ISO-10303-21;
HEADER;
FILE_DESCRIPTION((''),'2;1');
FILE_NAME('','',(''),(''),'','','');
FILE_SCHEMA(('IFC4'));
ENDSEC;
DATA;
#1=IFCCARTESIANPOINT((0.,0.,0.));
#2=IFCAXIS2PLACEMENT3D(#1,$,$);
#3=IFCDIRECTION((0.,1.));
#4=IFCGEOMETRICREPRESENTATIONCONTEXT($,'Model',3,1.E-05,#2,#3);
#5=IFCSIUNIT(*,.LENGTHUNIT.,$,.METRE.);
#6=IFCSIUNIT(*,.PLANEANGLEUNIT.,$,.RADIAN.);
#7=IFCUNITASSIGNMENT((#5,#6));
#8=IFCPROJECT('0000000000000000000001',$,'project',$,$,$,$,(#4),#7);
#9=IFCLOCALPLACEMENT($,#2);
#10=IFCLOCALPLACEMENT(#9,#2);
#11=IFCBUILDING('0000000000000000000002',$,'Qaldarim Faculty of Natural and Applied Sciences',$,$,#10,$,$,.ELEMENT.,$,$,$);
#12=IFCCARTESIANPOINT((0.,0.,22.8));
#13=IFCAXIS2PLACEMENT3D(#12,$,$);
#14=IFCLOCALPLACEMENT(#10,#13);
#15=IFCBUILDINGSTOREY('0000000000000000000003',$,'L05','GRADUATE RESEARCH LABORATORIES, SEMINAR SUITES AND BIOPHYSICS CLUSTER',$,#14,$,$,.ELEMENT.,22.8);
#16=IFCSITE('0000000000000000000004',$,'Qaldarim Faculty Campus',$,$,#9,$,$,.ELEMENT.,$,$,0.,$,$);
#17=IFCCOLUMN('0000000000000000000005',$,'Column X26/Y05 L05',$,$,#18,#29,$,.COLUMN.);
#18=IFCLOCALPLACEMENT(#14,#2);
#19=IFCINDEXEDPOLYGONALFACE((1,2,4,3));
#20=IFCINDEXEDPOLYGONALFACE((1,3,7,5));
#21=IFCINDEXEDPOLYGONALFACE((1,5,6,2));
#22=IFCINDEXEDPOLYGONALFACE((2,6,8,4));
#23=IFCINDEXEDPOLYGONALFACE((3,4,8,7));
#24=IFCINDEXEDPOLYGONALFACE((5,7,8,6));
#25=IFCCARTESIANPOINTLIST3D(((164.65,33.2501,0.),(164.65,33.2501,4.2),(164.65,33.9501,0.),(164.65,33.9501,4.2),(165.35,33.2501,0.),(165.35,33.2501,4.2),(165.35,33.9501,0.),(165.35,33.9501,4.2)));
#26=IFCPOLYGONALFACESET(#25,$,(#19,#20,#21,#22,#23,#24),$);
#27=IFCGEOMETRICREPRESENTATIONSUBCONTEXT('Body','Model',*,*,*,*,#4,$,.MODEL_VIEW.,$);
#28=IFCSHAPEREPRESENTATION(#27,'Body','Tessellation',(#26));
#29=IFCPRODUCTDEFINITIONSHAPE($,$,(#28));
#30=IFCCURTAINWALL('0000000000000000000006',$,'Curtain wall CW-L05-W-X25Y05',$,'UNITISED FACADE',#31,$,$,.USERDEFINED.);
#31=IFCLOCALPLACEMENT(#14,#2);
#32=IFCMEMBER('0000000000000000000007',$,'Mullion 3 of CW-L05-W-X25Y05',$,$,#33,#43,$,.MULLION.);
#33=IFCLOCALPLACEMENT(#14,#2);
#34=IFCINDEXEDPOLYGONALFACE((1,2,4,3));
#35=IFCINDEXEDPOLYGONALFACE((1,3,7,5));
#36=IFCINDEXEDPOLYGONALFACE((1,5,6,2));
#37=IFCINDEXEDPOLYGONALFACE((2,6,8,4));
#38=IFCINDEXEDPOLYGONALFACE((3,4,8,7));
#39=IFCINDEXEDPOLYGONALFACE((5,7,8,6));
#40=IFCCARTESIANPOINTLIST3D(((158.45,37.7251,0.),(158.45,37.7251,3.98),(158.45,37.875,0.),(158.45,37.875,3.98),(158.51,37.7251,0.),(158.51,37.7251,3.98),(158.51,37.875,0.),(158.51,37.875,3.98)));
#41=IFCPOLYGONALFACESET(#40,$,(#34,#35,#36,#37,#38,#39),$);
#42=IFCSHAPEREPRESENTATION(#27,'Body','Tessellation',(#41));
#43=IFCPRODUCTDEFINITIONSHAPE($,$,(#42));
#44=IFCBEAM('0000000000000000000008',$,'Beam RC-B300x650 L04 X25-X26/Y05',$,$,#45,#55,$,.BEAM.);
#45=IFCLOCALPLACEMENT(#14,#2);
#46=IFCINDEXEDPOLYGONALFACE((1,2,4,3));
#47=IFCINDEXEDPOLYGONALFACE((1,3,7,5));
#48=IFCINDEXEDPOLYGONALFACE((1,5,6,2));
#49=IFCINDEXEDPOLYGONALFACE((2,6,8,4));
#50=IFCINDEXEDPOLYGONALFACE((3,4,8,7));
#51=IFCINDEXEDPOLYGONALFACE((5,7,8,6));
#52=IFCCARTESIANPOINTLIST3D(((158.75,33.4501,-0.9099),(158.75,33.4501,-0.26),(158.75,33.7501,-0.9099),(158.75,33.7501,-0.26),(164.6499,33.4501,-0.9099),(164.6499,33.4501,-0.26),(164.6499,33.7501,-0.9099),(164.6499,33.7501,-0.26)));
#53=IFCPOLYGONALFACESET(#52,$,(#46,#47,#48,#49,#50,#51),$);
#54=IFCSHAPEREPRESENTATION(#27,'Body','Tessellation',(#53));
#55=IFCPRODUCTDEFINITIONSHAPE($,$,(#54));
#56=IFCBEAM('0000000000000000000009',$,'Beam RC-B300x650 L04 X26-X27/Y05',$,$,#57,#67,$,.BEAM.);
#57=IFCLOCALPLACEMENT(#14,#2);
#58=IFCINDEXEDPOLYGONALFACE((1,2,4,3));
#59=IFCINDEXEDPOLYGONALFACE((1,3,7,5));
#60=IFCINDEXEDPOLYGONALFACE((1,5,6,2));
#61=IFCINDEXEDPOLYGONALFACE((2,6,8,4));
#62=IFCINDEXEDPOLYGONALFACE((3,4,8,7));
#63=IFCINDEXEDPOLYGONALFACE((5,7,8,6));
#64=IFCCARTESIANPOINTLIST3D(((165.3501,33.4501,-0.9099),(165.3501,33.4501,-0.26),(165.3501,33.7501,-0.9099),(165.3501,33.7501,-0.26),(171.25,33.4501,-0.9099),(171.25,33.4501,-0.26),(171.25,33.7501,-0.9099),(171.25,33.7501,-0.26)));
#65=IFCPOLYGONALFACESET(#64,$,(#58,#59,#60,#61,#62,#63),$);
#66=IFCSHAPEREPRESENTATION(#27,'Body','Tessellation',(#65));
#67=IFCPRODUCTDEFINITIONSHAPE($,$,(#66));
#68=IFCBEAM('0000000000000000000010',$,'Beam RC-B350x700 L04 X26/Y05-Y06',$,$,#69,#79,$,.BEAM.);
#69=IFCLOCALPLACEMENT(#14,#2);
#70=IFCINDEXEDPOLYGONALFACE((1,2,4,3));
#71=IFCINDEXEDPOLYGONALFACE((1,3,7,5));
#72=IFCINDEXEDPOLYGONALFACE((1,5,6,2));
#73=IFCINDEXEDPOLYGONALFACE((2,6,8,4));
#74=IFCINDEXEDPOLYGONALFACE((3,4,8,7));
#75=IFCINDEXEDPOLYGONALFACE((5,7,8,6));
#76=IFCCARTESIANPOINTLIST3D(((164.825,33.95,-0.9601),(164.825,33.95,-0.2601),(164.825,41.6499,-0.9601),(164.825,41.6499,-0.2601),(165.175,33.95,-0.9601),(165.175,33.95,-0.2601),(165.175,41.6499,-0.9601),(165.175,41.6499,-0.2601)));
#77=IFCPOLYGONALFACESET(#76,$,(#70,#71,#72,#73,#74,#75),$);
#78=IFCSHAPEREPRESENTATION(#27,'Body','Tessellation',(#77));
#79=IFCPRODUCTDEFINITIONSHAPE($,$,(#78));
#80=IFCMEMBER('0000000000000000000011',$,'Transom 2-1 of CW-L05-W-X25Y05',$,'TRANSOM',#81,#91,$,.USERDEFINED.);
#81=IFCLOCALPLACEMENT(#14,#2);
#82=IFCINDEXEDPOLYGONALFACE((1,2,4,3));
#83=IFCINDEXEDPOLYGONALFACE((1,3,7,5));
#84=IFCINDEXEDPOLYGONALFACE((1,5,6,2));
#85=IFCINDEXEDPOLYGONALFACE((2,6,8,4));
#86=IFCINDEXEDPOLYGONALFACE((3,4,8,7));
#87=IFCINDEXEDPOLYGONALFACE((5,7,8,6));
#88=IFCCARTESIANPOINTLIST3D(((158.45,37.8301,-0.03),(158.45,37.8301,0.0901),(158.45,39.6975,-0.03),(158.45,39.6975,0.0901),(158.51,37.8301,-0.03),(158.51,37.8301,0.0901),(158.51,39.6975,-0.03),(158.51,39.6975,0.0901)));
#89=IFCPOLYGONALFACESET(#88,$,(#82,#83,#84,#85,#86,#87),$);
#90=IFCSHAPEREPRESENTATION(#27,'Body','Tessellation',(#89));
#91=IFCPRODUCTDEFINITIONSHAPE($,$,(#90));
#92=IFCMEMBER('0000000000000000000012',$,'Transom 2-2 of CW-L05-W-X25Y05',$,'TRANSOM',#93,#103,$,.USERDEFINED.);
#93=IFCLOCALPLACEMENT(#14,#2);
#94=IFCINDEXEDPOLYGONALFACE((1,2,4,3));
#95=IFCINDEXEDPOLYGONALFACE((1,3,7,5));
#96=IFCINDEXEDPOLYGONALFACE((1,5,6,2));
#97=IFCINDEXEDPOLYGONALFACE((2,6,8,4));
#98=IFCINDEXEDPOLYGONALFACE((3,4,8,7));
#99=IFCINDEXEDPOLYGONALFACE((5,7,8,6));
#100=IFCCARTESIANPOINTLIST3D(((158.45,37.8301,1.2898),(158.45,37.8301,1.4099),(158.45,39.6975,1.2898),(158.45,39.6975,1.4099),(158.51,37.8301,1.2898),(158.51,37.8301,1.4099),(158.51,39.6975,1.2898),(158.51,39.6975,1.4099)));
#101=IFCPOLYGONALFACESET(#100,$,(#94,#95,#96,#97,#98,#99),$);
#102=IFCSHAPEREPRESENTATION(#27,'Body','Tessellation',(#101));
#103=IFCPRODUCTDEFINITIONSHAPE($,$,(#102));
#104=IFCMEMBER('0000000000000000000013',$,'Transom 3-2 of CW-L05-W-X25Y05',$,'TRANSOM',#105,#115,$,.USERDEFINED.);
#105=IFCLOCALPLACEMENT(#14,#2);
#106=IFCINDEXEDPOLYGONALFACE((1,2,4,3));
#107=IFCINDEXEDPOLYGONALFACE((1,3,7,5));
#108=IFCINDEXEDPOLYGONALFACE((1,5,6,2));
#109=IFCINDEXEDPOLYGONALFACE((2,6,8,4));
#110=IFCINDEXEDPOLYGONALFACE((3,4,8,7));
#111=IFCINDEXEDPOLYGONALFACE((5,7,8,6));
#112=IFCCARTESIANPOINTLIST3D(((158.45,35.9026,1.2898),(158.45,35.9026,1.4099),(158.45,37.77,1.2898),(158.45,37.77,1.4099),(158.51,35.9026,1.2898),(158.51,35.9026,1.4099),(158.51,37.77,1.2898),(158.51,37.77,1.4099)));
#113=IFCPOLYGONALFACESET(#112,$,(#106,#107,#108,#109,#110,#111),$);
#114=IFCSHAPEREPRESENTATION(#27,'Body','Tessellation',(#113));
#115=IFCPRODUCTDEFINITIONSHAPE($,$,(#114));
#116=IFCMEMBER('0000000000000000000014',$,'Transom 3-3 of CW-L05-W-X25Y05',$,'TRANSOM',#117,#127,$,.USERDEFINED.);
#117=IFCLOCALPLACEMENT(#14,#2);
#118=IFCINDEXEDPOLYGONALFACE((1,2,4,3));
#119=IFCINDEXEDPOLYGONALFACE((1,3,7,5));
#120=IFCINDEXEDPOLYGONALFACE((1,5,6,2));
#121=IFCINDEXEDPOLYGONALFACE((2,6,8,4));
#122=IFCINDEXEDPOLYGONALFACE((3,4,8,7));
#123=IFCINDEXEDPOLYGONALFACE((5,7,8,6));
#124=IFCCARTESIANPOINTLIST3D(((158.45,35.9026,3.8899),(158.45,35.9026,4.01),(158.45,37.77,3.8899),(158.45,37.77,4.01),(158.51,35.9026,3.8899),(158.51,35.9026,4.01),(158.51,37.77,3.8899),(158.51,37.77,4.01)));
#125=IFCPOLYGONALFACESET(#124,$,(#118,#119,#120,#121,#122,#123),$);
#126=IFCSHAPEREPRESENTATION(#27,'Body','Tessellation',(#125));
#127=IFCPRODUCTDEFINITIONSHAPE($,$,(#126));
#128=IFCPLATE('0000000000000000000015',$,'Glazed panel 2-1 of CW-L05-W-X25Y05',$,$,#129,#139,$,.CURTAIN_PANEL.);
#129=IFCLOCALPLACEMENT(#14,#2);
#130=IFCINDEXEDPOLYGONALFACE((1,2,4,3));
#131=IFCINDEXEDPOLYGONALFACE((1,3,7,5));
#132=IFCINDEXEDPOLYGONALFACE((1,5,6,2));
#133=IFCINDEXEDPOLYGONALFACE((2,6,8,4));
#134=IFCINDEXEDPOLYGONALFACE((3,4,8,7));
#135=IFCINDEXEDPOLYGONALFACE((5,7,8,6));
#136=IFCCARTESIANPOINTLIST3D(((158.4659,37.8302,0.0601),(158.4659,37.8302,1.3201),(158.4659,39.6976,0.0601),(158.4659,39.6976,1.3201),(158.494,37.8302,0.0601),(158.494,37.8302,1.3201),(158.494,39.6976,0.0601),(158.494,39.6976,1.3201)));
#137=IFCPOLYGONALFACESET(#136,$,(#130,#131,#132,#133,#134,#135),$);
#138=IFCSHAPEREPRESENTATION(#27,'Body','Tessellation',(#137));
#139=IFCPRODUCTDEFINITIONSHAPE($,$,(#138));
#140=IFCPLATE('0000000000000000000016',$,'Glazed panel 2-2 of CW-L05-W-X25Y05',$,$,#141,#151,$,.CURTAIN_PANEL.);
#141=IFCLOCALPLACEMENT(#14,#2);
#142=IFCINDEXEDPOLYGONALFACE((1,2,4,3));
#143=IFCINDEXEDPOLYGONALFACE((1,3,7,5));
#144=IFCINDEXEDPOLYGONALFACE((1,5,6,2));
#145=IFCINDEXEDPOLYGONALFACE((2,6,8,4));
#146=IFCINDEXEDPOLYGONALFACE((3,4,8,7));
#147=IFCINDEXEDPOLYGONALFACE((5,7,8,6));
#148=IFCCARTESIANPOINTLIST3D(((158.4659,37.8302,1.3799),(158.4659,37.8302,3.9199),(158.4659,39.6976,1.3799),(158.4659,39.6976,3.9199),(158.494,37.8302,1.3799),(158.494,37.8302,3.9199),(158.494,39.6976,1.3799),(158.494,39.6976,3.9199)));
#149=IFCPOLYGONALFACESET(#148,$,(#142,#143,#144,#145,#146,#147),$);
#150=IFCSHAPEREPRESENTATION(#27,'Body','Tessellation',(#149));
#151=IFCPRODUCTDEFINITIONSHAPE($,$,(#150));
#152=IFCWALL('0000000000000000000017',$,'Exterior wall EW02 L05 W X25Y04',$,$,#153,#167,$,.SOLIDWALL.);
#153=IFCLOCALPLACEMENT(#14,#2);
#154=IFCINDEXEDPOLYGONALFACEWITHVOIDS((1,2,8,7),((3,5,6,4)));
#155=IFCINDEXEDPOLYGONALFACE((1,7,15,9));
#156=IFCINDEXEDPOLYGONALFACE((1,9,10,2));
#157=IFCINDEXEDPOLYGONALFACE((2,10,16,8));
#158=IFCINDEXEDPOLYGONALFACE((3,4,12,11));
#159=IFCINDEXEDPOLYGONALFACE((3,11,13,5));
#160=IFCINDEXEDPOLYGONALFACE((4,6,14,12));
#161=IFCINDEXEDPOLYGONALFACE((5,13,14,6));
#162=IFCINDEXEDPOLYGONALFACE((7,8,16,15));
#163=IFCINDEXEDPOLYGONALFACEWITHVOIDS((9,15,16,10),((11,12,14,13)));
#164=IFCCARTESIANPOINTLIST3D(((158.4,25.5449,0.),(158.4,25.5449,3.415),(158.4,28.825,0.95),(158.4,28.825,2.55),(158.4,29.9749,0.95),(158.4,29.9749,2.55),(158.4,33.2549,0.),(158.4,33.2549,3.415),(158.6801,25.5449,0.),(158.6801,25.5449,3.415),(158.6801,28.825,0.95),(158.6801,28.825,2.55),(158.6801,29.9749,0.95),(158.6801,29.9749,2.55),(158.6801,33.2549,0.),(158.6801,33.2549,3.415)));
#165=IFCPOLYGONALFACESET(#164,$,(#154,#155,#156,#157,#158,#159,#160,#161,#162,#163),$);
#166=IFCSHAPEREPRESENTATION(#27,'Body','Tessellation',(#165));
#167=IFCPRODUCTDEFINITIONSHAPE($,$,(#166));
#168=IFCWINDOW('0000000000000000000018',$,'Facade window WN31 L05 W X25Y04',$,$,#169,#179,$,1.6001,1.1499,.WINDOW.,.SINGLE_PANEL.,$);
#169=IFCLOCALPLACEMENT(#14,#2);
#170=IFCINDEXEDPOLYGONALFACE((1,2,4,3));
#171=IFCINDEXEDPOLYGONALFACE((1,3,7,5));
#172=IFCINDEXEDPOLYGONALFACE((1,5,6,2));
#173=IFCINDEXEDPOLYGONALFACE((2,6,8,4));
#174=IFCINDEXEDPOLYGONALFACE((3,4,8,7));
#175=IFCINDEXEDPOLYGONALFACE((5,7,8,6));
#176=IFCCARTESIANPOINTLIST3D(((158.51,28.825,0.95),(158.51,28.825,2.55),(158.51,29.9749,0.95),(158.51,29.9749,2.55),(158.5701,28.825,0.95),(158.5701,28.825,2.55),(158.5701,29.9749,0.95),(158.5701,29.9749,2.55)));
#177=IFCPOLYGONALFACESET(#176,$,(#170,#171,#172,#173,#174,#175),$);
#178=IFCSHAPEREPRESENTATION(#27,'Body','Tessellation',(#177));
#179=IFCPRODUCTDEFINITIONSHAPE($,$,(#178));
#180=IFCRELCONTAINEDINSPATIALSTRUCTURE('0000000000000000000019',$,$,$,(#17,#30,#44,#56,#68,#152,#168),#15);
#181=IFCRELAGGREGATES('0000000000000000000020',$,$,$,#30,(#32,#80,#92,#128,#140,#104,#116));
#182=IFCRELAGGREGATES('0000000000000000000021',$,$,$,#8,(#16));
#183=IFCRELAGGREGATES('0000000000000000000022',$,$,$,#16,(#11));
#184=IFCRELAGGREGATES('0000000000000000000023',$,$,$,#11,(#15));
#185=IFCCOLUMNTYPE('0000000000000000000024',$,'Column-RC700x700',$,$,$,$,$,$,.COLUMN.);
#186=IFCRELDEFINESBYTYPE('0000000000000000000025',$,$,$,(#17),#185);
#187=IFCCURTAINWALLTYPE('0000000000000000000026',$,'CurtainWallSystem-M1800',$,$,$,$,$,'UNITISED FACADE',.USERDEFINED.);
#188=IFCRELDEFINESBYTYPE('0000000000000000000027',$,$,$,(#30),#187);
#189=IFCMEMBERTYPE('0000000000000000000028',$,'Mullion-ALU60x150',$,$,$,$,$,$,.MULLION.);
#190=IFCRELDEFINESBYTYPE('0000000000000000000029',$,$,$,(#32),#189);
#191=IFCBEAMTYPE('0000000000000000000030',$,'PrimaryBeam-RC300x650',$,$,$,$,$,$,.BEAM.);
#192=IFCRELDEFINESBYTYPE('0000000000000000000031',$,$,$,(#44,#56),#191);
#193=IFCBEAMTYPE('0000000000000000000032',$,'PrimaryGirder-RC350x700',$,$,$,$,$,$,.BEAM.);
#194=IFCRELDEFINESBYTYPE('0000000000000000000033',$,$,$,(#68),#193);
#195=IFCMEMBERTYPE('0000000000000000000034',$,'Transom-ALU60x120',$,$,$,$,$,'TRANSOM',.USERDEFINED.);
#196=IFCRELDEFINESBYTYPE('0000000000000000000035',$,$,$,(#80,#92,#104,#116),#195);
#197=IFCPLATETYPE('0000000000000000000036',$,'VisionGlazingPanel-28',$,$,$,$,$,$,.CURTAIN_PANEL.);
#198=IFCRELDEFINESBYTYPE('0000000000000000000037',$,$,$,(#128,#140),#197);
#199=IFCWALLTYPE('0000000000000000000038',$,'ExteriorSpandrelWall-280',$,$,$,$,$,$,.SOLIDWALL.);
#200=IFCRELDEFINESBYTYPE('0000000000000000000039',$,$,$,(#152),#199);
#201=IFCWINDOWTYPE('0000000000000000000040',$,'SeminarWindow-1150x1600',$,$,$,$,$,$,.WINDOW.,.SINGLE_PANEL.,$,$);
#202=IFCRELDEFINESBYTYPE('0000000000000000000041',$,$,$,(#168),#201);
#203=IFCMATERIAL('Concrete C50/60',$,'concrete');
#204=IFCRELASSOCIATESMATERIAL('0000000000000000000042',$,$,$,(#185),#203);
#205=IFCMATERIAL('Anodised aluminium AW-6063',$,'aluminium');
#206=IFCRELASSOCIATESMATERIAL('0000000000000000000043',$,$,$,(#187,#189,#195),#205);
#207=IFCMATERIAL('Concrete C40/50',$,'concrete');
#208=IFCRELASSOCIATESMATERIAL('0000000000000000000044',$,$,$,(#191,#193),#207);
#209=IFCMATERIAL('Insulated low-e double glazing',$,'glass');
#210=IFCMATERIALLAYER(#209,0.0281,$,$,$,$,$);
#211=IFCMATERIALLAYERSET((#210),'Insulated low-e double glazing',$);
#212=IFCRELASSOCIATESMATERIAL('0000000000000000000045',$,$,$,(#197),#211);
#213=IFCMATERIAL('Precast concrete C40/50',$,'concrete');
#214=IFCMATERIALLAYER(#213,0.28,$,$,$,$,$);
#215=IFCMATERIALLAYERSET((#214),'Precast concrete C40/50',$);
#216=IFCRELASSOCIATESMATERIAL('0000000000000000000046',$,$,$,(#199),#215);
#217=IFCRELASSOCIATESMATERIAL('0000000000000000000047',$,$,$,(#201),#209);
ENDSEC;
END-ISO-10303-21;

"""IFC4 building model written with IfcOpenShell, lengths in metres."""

from ifc_helpers import new_model, si_unit, direction, frame, frame_2d, origin, origin_2d, place, context, subcontext, project, spatial, rectangle, extrude, material, layer, layer_set, material_profile, profile_set, type_object, element, fill, aggregate, save


model = new_model("IFC4")

# Units and contexts
model_context = context("Model", 3, precision=1e-05, world=origin(), true_north=direction((0.0, 1.0)))
body_context = subcontext(model_context, "Body", "Model", "MODEL_VIEW")
ifc_project = project(units=[si_unit("LENGTHUNIT", "METRE"), si_unit("PLANEANGLEUNIT", "RADIAN")], contexts=[model_context])

# Site, building, storey
site_placement = place(None, origin())
site = spatial("IfcSite", under=ifc_project, at=site_placement, Name="Qaldarim Faculty Campus", CompositionType="ELEMENT", RefElevation=0.0)
building_placement = place(site_placement, origin())
building = spatial("IfcBuilding", under=site, at=building_placement, Name="Qaldarim Faculty of Natural and Applied Sciences", CompositionType="ELEMENT")
storey_placement = place(building_placement, frame((0.0, 0.0, 22.8)))
storey = spatial("IfcBuildingStorey", under=building, at=storey_placement, Name="L05", Description="GRADUATE RESEARCH LABORATORIES, SEMINAR SUITES AND BIOPHYSICS CLUSTER", CompositionType="ELEMENT", Elevation=22.8)

# Column
ifc_material_1 = material(Name="Concrete C50/60", Category="concrete")
ifc_material_profile_1 = material_profile(ifc_material_1, rectangle(XDim=0.7, YDim=0.7, at=origin_2d()), Name="RC-C700x700")
ifc_profile_set_1 = profile_set([ifc_material_profile_1], Name="Concrete C50/60")
column_type = type_object("IfcColumnType", Name="Column-RC700x700", PredefinedType="COLUMN", material=ifc_profile_set_1)
column_placement = place(storey_placement, frame((165.0, 33.6001, 0.0), z_axis=(0.0, 0.0, 1.0), x_axis=(1.0, 0.0, 0.0)))
element("IfcColumn", 1, at=column_placement, inside=storey, type_object=column_type, Name="Column X26/Y05 L05", PredefinedType="COLUMN", context=body_context, shape_type="SweptSolid", body=[
    extrude(rectangle(XDim=0.7, YDim=0.7, at=origin_2d()), origin(), (0.0, 0.0, 1.0), 4.2),
])

# Curtain wall, member
ifc_material_2 = material(Name="Anodised aluminium AW-6063", Category="aluminium")
curtain_wall_type = type_object("IfcCurtainWallType", Name="CurtainWallSystem-M1800", ElementType="UNITISED FACADE", PredefinedType="USERDEFINED", material=ifc_material_2)
curtain_wall_placement = place(storey_placement, origin())
curtain_wall = element("IfcCurtainWall", 2, at=curtain_wall_placement, inside=storey, type_object=curtain_wall_type, Name="Curtain wall CW-L05-W-X25Y05", ObjectType="UNITISED FACADE", PredefinedType="USERDEFINED")
ifc_material_profile_2 = material_profile(ifc_material_2, rectangle(XDim=0.0601, YDim=0.1499, at=origin_2d()), Name="ALU-M60x150")
ifc_profile_set_2 = profile_set([ifc_material_profile_2], Name="Anodised aluminium AW-6063")
member_type_1 = type_object("IfcMemberType", Name="Mullion-ALU60x150", PredefinedType="MULLION", material=ifc_profile_set_2)
member_1_placement = place(storey_placement, frame((158.48, 37.8, 0.0), z_axis=(0.0, 0.0, 1.0), x_axis=(1.0, 0.0, 0.0)))
member_1 = element("IfcMember", 3, at=member_1_placement, type_object=member_type_1, Name="Mullion 3 of CW-L05-W-X25Y05", PredefinedType="MULLION", context=body_context, shape_type="SweptSolid", body=[
    extrude(rectangle(XDim=0.0601, YDim=0.1499, at=origin_2d()), origin(), (0.0, 0.0, 1.0), 3.98),
])

# Beams
ifc_material_3 = material(Name="Concrete C40/50", Category="concrete")
ifc_material_profile_3 = material_profile(ifc_material_3, rectangle(XDim=0.3, YDim=0.6499, at=origin_2d()), Name="RC-B300x650")
ifc_profile_set_3 = profile_set([ifc_material_profile_3], Name="Concrete C40/50")
beam_type_1 = type_object("IfcBeamType", Name="PrimaryBeam-RC300x650", PredefinedType="BEAM", material=ifc_profile_set_3)
for number, where, z_axis, x_axis, name in (
    (4, (158.75, 33.6001, -0.585), (1.0, 0.0, 0.0), (0.0, 1.0, 0.0), "Beam RC-B300x650 L04 X25-X26/Y05"),
    (5, (165.3501, 33.6001, -0.585), (1.0, 0.0, 0.0), (0.0, 1.0, 0.0), "Beam RC-B300x650 L04 X26-X27/Y05"),
):
    element("IfcBeam", number, at=place(storey_placement, frame(where, z_axis=z_axis, x_axis=x_axis)), inside=storey, type_object=beam_type_1, Name=name, PredefinedType="BEAM", context=body_context, shape_type="SweptSolid", body=[
        extrude(rectangle(XDim=0.3, YDim=0.6499, at=origin_2d()), origin(), (0.0, 0.0, 1.0), 5.8999),
    ])
ifc_material_profile_4 = material_profile(ifc_material_3, rectangle(XDim=0.3501, YDim=0.7, at=origin_2d()), Name="RC-B350x700")
ifc_profile_set_4 = profile_set([ifc_material_profile_4], Name="Concrete C40/50")
beam_type_2 = type_object("IfcBeamType", Name="PrimaryGirder-RC350x700", PredefinedType="BEAM", material=ifc_profile_set_4)
beam_placement = place(storey_placement, frame((165.0, 33.95, -0.6101), z_axis=(0.0, 1.0, 0.0), x_axis=(-1.0, 0.0, 0.0)))
element("IfcBeam", 6, at=beam_placement, inside=storey, type_object=beam_type_2, Name="Beam RC-B350x700 L04 X26/Y05-Y06", PredefinedType="BEAM", context=body_context, shape_type="SweptSolid", body=[
    extrude(rectangle(XDim=0.3501, YDim=0.7, at=origin_2d()), origin(), (0.0, 0.0, 1.0), 7.7),
])

# Members
ifc_material_profile_5 = material_profile(ifc_material_2, rectangle(XDim=0.0601, YDim=0.1201, at=origin_2d()), Name="ALU-T60x120")
ifc_profile_set_5 = profile_set([ifc_material_profile_5], Name="Anodised aluminium AW-6063")
member_type_2 = type_object("IfcMemberType", Name="Transom-ALU60x120", ElementType="TRANSOM", PredefinedType="USERDEFINED", material=ifc_profile_set_5)
member_2_placement = place(storey_placement, frame((158.48, 39.6975, 0.03), z_axis=(0.0, -1.0, 0.0), x_axis=(1.0, 0.0, 0.0)))
member_2 = element("IfcMember", 7, at=member_2_placement, type_object=member_type_2, Name="Transom 2-1 of CW-L05-W-X25Y05", ObjectType="TRANSOM", PredefinedType="USERDEFINED", context=body_context, shape_type="SweptSolid", body=[
    extrude(rectangle(XDim=0.0601, YDim=0.1201, at=origin_2d()), origin(), (0.0, 0.0, 1.0), 1.8674),
])
member_3_placement = place(storey_placement, frame((158.48, 39.6975, 1.3499), z_axis=(0.0, -1.0, 0.0), x_axis=(1.0, 0.0, 0.0)))
member_3 = element("IfcMember", 8, at=member_3_placement, type_object=member_type_2, Name="Transom 2-2 of CW-L05-W-X25Y05", ObjectType="TRANSOM", PredefinedType="USERDEFINED", context=body_context, shape_type="SweptSolid", body=[
    extrude(rectangle(XDim=0.0601, YDim=0.1201, at=origin_2d()), origin(), (0.0, 0.0, 1.0), 1.8674),
])
member_4_placement = place(storey_placement, frame((158.48, 37.77, 1.3499), z_axis=(0.0, -1.0, 0.0), x_axis=(1.0, 0.0, 0.0)))
member_4 = element("IfcMember", 9, at=member_4_placement, type_object=member_type_2, Name="Transom 3-2 of CW-L05-W-X25Y05", ObjectType="TRANSOM", PredefinedType="USERDEFINED", context=body_context, shape_type="SweptSolid", body=[
    extrude(rectangle(XDim=0.0601, YDim=0.1201, at=origin_2d()), origin(), (0.0, 0.0, 1.0), 1.8674),
])
member_5_placement = place(storey_placement, frame((158.48, 37.77, 3.95), z_axis=(0.0, -1.0, 0.0), x_axis=(1.0, 0.0, 0.0)))
member_5 = element("IfcMember", 10, at=member_5_placement, type_object=member_type_2, Name="Transom 3-3 of CW-L05-W-X25Y05", ObjectType="TRANSOM", PredefinedType="USERDEFINED", context=body_context, shape_type="SweptSolid", body=[
    extrude(rectangle(XDim=0.0601, YDim=0.1201, at=origin_2d()), origin(), (0.0, 0.0, 1.0), 1.8674),
])

# Plates
ifc_material_4 = material(Name="Insulated low-e double glazing", Category="glass")
ifc_layer_1 = layer(ifc_material_4, 0.0281)
ifc_layer_set_1 = layer_set([ifc_layer_1], Name="Insulated low-e double glazing")
plate_type = type_object("IfcPlateType", Name="VisionGlazingPanel-28", PredefinedType="CURTAIN_PANEL", material=ifc_layer_set_1)
plate_1_placement = place(storey_placement, frame((158.48, 38.7639, 0.0601), z_axis=(0.0, 0.0, 1.0), x_axis=(0.0, -1.0, 0.0)))
plate_1 = element("IfcPlate", 11, at=plate_1_placement, type_object=plate_type, Name="Glazed panel 2-1 of CW-L05-W-X25Y05", PredefinedType="CURTAIN_PANEL", context=body_context, shape_type="SweptSolid", body=[
    extrude(rectangle(XDim=1.8674, YDim=0.0281, at=origin_2d()), origin(), (0.0, 0.0, 1.0), 1.26),
])
plate_2_placement = place(storey_placement, frame((158.48, 38.7639, 1.3799), z_axis=(0.0, 0.0, 1.0), x_axis=(0.0, -1.0, 0.0)))
plate_2 = element("IfcPlate", 12, at=plate_2_placement, type_object=plate_type, Name="Glazed panel 2-2 of CW-L05-W-X25Y05", PredefinedType="CURTAIN_PANEL", context=body_context, shape_type="SweptSolid", body=[
    extrude(rectangle(XDim=1.8674, YDim=0.0281, at=origin_2d()), origin(), (0.0, 0.0, 1.0), 2.54),
])
aggregate(curtain_wall, [member_1, member_2, member_3, plate_1, plate_2, member_4, member_5])

# Wall, opening, window
ifc_material_5 = material(Name="Precast concrete C40/50", Category="concrete")
ifc_layer_2 = layer(ifc_material_5, 0.28)
ifc_layer_set_2 = layer_set([ifc_layer_2], Name="Precast concrete C40/50")
wall_type_1 = type_object("IfcWallType", Name="ExteriorSpandrelWall-280", PredefinedType="SOLIDWALL", material=ifc_layer_set_2)
wall_1_placement = place(storey_placement, frame((158.54, 33.2549, 0.0), z_axis=(0.0, 0.0, 1.0), x_axis=(0.0, -1.0, 0.0)))
wall_1 = element("IfcWall", 13, at=wall_1_placement, inside=storey, type_object=wall_type_1, Name="Exterior wall EW02 L05 W X25Y04", PredefinedType="SOLIDWALL", context=body_context, shape_type="SweptSolid", body=[
    extrude(rectangle(XDim=7.71, YDim=0.28, at=frame_2d((3.855, 0.0))), origin(), (0.0, 0.0, 1.0), 3.415),
])
opening_1_placement = place(wall_1_placement, frame((3.28, 0.0, 0.95)))
opening_1 = element("IfcOpeningElement", 14, at=opening_1_placement, cuts=wall_1, PredefinedType="OPENING", context=body_context, shape_type="SweptSolid", body=[
    extrude(rectangle(XDim=1.1499, YDim=1.6001, at=frame_2d((0.575, 0.8))), frame((0.0, 0.1499, 0.0), z_axis=(0.0, -1.0, 0.0), x_axis=(1.0, 0.0, 0.0)), (0.0, 0.0, 1.0), 0.3),
])
window_type = type_object("IfcWindowType", Name="SeminarWindow-1150x1600", PartitioningType="SINGLE_PANEL", PredefinedType="WINDOW", material=ifc_material_4)
window_placement = place(opening_1_placement, origin())
window = element("IfcWindow", 15, at=window_placement, inside=storey, type_object=window_type, Name="Facade window WN31 L05 W X25Y04", OverallHeight=1.6001, OverallWidth=1.1499, PartitioningType="SINGLE_PANEL", PredefinedType="WINDOW", context=body_context, shape_type="SweptSolid", body=[
    extrude(rectangle(XDim=1.1499, YDim=1.6001, at=frame_2d((0.575, 0.8))), frame((0.0, 0.03, 0.0), z_axis=(0.0, -1.0, 0.0), x_axis=(1.0, 0.0, 0.0)), (0.0, 0.0, 1.0), 0.0601),
])
fill(opening_1, window)

save(model, "model.ifc")
